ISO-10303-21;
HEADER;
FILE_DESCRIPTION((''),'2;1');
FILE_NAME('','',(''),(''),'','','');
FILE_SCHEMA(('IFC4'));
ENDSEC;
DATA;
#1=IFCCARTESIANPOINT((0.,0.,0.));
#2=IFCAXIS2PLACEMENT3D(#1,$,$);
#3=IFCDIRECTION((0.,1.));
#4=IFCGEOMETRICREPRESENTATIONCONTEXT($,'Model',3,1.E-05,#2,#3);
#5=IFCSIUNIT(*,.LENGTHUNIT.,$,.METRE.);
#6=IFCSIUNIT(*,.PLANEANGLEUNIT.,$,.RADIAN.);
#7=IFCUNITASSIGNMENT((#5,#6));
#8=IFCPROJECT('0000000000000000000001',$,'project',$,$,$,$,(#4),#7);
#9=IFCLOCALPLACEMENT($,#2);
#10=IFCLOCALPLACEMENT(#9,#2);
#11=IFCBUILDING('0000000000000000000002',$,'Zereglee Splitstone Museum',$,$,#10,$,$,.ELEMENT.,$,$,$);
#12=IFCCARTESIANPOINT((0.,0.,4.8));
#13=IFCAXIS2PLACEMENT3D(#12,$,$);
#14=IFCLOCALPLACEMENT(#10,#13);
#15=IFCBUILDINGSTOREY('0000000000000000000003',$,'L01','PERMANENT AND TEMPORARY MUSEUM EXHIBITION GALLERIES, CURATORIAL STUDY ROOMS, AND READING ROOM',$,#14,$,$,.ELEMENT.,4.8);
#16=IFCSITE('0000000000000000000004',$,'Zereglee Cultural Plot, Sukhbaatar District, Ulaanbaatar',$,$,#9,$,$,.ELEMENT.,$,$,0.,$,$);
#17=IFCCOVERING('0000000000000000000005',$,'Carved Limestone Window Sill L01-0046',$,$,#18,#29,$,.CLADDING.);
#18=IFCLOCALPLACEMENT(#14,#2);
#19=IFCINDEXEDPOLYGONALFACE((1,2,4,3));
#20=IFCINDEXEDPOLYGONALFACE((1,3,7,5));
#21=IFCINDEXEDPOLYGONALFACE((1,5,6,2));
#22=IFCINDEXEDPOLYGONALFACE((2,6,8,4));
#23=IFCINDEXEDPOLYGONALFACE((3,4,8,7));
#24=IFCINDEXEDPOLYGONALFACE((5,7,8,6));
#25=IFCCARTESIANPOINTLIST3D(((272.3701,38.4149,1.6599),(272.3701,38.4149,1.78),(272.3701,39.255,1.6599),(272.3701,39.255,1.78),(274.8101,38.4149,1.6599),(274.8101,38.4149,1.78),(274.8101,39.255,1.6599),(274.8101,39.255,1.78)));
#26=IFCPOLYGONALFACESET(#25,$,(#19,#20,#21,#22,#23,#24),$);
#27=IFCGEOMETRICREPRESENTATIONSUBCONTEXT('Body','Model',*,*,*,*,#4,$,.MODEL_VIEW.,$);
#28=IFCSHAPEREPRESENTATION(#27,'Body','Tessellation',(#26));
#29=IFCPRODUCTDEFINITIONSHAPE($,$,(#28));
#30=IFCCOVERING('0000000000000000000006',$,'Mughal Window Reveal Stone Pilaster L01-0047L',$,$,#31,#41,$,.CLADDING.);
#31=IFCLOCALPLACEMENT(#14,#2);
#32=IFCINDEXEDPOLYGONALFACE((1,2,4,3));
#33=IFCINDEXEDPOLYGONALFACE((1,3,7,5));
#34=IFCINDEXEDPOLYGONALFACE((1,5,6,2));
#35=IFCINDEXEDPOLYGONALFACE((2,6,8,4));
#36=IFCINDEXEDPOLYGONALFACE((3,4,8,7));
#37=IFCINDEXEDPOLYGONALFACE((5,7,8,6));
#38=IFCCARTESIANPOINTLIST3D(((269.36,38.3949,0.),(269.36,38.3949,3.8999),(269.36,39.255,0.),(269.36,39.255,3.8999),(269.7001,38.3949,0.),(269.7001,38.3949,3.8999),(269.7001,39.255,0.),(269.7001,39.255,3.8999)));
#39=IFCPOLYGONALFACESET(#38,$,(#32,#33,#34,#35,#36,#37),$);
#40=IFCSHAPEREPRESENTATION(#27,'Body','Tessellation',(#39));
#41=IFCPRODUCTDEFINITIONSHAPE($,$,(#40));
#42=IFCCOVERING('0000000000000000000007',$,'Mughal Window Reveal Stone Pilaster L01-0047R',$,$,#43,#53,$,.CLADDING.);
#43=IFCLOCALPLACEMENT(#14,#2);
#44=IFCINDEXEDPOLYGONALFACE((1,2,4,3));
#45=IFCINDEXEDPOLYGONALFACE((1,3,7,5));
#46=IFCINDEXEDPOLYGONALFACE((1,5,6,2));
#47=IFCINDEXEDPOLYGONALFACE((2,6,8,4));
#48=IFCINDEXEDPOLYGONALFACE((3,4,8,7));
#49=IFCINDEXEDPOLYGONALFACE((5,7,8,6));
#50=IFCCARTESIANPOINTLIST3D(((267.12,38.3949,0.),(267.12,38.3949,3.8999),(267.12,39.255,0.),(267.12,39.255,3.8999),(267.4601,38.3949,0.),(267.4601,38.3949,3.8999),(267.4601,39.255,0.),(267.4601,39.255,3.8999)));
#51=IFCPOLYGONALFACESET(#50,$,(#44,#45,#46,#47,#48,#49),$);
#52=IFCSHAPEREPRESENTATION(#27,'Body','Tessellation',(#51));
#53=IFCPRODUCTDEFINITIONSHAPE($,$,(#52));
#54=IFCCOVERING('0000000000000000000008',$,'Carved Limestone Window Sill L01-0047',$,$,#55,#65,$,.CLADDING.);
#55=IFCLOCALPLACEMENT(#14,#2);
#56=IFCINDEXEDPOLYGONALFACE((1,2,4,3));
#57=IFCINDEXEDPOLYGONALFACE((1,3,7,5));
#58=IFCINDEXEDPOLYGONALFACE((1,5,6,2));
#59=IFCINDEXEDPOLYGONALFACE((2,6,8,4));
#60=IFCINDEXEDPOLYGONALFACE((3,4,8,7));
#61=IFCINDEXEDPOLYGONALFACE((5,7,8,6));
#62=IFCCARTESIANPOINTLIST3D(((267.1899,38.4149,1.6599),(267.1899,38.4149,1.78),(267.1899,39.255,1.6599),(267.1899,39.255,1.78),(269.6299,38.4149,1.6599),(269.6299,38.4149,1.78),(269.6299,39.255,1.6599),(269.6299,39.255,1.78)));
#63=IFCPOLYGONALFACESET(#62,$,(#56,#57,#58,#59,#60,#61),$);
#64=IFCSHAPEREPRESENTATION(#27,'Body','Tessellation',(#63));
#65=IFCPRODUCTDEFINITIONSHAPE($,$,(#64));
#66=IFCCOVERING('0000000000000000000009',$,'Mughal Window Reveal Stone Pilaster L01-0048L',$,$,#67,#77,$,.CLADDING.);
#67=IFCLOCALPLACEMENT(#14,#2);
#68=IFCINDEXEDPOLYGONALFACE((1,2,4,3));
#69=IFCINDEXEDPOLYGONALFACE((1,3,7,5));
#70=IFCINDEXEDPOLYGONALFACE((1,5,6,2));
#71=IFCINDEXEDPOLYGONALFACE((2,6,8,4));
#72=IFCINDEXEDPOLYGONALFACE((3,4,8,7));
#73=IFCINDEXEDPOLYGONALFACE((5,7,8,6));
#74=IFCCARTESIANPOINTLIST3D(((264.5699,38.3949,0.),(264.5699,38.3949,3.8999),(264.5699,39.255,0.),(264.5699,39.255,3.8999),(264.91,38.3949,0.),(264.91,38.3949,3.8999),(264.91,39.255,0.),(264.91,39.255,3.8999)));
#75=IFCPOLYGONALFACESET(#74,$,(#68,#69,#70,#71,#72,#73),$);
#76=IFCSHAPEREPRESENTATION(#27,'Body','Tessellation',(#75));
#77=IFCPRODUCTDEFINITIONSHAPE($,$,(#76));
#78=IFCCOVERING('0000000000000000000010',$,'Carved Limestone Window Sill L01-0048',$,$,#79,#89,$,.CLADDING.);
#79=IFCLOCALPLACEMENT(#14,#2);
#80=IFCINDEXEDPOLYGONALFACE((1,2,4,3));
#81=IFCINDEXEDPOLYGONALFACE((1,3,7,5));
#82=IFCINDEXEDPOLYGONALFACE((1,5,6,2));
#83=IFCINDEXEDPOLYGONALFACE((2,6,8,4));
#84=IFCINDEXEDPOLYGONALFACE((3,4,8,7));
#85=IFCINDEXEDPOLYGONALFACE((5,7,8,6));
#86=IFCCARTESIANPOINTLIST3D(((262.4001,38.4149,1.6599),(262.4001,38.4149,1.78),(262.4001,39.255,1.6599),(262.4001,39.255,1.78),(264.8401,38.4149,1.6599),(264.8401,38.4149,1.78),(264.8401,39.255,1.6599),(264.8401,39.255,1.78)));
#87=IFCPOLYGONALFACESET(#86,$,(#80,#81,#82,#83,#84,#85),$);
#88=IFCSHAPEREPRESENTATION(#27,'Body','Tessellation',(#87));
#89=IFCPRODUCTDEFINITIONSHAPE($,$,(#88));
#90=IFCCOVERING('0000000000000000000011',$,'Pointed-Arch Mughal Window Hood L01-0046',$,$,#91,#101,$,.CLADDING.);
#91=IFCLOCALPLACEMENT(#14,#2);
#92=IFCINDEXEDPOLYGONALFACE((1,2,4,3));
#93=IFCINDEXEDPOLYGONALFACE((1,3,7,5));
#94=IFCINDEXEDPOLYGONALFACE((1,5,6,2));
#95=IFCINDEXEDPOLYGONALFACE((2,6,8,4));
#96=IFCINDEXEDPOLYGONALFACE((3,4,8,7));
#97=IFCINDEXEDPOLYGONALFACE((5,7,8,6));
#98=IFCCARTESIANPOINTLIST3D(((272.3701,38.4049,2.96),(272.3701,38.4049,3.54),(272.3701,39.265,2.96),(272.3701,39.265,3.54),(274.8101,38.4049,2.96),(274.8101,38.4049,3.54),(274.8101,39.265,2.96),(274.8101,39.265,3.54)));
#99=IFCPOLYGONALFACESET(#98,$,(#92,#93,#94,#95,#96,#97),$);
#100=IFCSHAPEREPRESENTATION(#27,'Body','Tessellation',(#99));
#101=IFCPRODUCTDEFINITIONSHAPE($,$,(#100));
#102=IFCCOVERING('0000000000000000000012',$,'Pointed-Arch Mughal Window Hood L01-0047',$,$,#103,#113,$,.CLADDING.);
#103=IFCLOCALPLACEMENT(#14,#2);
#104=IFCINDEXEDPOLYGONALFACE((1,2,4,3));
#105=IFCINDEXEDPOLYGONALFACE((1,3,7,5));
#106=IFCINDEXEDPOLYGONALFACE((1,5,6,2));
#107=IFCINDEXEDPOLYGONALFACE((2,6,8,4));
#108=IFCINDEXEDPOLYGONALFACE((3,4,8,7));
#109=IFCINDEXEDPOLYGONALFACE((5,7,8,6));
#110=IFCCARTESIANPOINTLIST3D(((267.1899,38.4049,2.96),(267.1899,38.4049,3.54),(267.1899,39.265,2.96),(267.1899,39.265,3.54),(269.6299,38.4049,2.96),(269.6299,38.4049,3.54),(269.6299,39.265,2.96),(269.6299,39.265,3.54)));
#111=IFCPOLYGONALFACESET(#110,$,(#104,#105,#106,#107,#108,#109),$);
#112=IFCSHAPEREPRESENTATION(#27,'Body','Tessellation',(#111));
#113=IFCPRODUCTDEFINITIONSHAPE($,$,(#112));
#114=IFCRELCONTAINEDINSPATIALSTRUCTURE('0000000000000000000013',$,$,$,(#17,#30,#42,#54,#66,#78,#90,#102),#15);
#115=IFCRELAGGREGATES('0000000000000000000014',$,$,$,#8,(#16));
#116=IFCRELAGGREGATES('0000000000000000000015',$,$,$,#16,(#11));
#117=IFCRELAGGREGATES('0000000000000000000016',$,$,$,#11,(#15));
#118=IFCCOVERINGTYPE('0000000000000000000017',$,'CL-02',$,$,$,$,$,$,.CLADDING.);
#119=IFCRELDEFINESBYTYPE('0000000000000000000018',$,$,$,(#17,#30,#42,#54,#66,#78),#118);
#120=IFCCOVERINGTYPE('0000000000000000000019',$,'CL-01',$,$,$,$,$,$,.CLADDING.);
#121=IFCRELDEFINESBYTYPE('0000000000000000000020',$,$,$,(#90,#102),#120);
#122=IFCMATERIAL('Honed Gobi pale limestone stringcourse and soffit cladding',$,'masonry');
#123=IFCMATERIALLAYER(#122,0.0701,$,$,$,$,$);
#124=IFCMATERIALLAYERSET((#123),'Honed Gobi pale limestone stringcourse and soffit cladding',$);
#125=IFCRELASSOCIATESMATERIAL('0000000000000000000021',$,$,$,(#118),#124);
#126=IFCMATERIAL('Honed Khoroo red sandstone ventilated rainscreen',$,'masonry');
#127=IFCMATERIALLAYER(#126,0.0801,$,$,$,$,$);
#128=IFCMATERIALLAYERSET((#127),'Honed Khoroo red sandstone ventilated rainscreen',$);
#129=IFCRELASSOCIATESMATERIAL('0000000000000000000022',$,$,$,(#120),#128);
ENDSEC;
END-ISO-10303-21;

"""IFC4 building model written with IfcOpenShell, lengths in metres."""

from ifc_helpers import new_model, si_unit, direction, frame, origin, origin_2d, place, context, subcontext, project, spatial, rectangle, extrude, material, layer, layer_set, type_object, element, save


model = new_model("IFC4")

# Units and contexts
model_context = context("Model", 3, precision=1e-05, world=origin(), true_north=direction((0.0, 1.0)))
body_context = subcontext(model_context, "Body", "Model", "MODEL_VIEW")
ifc_project = project(units=[si_unit("LENGTHUNIT", "METRE"), si_unit("PLANEANGLEUNIT", "RADIAN")], contexts=[model_context])

# Site, building, storey
site_placement = place(None, origin())
site = spatial("IfcSite", under=ifc_project, at=site_placement, Name="Zereglee Cultural Plot, Sukhbaatar District, Ulaanbaatar", CompositionType="ELEMENT", RefElevation=0.0)
building_placement = place(site_placement, origin())
building = spatial("IfcBuilding", under=site, at=building_placement, Name="Zereglee Splitstone Museum", CompositionType="ELEMENT")
storey_placement = place(building_placement, frame((0.0, 0.0, 4.8)))
storey = spatial("IfcBuildingStorey", under=building, at=storey_placement, Name="L01", Description="PERMANENT AND TEMPORARY MUSEUM EXHIBITION GALLERIES, CURATORIAL STUDY ROOMS, AND READING ROOM", CompositionType="ELEMENT", Elevation=4.8)

# Coverings
ifc_material_1 = material(Name="Honed Gobi pale limestone stringcourse and soffit cladding", Category="masonry")
ifc_layer_1 = layer(ifc_material_1, 0.0701)
ifc_layer_set_1 = layer_set([ifc_layer_1], Name="Honed Gobi pale limestone stringcourse and soffit cladding")
covering_type_1 = type_object("IfcCoveringType", Name="CL-02", PredefinedType="CLADDING", material=ifc_layer_set_1)
covering_1_placement = place(storey_placement, frame((273.5901, 38.835, 1.6599), z_axis=(0.0, 0.0, 1.0), x_axis=(-1.0, 0.0, 0.0)))
element("IfcCovering", 1, at=covering_1_placement, inside=storey, type_object=covering_type_1, Name="Carved Limestone Window Sill L01-0046", PredefinedType="CLADDING", context=body_context, shape_type="SweptSolid", body=[
    extrude(rectangle(XDim=2.4399, YDim=0.8401, at=origin_2d()), origin(), (0.0, 0.0, 1.0), 0.1201),
])
for number, where, z_axis, x_axis, name in (
    (2, (269.53, 38.825, 0.0), (0.0, 0.0, 1.0), (-1.0, 0.0, 0.0), "Mughal Window Reveal Stone Pilaster L01-0047L"),
    (3, (267.29, 38.825, 0.0), (0.0, 0.0, 1.0), (-1.0, 0.0, 0.0), "Mughal Window Reveal Stone Pilaster L01-0047R"),
):
    element("IfcCovering", number, at=place(storey_placement, frame(where, z_axis=z_axis, x_axis=x_axis)), inside=storey, type_object=covering_type_1, Name=name, PredefinedType="CLADDING", context=body_context, shape_type="SweptSolid", body=[
        extrude(rectangle(XDim=0.3401, YDim=0.8601, at=origin_2d()), origin(), (0.0, 0.0, 1.0), 3.8999),
    ])
covering_2_placement = place(storey_placement, frame((268.4099, 38.835, 1.6599), z_axis=(0.0, 0.0, 1.0), x_axis=(-1.0, 0.0, 0.0)))
element("IfcCovering", 4, at=covering_2_placement, inside=storey, type_object=covering_type_1, Name="Carved Limestone Window Sill L01-0047", PredefinedType="CLADDING", context=body_context, shape_type="SweptSolid", body=[
    extrude(rectangle(XDim=2.4399, YDim=0.8401, at=origin_2d()), origin(), (0.0, 0.0, 1.0), 0.1201),
])
covering_3_placement = place(storey_placement, frame((264.74, 38.825, 0.0), z_axis=(0.0, 0.0, 1.0), x_axis=(-1.0, 0.0, 0.0)))
element("IfcCovering", 5, at=covering_3_placement, inside=storey, type_object=covering_type_1, Name="Mughal Window Reveal Stone Pilaster L01-0048L", PredefinedType="CLADDING", context=body_context, shape_type="SweptSolid", body=[
    extrude(rectangle(XDim=0.3401, YDim=0.8601, at=origin_2d()), origin(), (0.0, 0.0, 1.0), 3.8999),
])
covering_4_placement = place(storey_placement, frame((263.6201, 38.835, 1.6599), z_axis=(0.0, 0.0, 1.0), x_axis=(-1.0, 0.0, 0.0)))
element("IfcCovering", 6, at=covering_4_placement, inside=storey, type_object=covering_type_1, Name="Carved Limestone Window Sill L01-0048", PredefinedType="CLADDING", context=body_context, shape_type="SweptSolid", body=[
    extrude(rectangle(XDim=2.4399, YDim=0.8401, at=origin_2d()), origin(), (0.0, 0.0, 1.0), 0.1201),
])
ifc_material_2 = material(Name="Honed Khoroo red sandstone ventilated rainscreen", Category="masonry")
ifc_layer_2 = layer(ifc_material_2, 0.0801)
ifc_layer_set_2 = layer_set([ifc_layer_2], Name="Honed Khoroo red sandstone ventilated rainscreen")
covering_type_2 = type_object("IfcCoveringType", Name="CL-01", PredefinedType="CLADDING", material=ifc_layer_set_2)
for number, where, z_axis, x_axis, name in (
    (7, (273.5901, 38.835, 2.96), (0.0, 0.0, 1.0), (-1.0, 0.0, 0.0), "Pointed-Arch Mughal Window Hood L01-0046"),
    (8, (268.4099, 38.835, 2.96), (0.0, 0.0, 1.0), (-1.0, 0.0, 0.0), "Pointed-Arch Mughal Window Hood L01-0047"),
):
    element("IfcCovering", number, at=place(storey_placement, frame(where, z_axis=z_axis, x_axis=x_axis)), inside=storey, type_object=covering_type_2, Name=name, PredefinedType="CLADDING", context=body_context, shape_type="SweptSolid", body=[
        extrude(rectangle(XDim=2.4399, YDim=0.8601, at=origin_2d()), origin(), (0.0, 0.0, 1.0), 0.5801),
    ])

save(model, "model.ifc")
